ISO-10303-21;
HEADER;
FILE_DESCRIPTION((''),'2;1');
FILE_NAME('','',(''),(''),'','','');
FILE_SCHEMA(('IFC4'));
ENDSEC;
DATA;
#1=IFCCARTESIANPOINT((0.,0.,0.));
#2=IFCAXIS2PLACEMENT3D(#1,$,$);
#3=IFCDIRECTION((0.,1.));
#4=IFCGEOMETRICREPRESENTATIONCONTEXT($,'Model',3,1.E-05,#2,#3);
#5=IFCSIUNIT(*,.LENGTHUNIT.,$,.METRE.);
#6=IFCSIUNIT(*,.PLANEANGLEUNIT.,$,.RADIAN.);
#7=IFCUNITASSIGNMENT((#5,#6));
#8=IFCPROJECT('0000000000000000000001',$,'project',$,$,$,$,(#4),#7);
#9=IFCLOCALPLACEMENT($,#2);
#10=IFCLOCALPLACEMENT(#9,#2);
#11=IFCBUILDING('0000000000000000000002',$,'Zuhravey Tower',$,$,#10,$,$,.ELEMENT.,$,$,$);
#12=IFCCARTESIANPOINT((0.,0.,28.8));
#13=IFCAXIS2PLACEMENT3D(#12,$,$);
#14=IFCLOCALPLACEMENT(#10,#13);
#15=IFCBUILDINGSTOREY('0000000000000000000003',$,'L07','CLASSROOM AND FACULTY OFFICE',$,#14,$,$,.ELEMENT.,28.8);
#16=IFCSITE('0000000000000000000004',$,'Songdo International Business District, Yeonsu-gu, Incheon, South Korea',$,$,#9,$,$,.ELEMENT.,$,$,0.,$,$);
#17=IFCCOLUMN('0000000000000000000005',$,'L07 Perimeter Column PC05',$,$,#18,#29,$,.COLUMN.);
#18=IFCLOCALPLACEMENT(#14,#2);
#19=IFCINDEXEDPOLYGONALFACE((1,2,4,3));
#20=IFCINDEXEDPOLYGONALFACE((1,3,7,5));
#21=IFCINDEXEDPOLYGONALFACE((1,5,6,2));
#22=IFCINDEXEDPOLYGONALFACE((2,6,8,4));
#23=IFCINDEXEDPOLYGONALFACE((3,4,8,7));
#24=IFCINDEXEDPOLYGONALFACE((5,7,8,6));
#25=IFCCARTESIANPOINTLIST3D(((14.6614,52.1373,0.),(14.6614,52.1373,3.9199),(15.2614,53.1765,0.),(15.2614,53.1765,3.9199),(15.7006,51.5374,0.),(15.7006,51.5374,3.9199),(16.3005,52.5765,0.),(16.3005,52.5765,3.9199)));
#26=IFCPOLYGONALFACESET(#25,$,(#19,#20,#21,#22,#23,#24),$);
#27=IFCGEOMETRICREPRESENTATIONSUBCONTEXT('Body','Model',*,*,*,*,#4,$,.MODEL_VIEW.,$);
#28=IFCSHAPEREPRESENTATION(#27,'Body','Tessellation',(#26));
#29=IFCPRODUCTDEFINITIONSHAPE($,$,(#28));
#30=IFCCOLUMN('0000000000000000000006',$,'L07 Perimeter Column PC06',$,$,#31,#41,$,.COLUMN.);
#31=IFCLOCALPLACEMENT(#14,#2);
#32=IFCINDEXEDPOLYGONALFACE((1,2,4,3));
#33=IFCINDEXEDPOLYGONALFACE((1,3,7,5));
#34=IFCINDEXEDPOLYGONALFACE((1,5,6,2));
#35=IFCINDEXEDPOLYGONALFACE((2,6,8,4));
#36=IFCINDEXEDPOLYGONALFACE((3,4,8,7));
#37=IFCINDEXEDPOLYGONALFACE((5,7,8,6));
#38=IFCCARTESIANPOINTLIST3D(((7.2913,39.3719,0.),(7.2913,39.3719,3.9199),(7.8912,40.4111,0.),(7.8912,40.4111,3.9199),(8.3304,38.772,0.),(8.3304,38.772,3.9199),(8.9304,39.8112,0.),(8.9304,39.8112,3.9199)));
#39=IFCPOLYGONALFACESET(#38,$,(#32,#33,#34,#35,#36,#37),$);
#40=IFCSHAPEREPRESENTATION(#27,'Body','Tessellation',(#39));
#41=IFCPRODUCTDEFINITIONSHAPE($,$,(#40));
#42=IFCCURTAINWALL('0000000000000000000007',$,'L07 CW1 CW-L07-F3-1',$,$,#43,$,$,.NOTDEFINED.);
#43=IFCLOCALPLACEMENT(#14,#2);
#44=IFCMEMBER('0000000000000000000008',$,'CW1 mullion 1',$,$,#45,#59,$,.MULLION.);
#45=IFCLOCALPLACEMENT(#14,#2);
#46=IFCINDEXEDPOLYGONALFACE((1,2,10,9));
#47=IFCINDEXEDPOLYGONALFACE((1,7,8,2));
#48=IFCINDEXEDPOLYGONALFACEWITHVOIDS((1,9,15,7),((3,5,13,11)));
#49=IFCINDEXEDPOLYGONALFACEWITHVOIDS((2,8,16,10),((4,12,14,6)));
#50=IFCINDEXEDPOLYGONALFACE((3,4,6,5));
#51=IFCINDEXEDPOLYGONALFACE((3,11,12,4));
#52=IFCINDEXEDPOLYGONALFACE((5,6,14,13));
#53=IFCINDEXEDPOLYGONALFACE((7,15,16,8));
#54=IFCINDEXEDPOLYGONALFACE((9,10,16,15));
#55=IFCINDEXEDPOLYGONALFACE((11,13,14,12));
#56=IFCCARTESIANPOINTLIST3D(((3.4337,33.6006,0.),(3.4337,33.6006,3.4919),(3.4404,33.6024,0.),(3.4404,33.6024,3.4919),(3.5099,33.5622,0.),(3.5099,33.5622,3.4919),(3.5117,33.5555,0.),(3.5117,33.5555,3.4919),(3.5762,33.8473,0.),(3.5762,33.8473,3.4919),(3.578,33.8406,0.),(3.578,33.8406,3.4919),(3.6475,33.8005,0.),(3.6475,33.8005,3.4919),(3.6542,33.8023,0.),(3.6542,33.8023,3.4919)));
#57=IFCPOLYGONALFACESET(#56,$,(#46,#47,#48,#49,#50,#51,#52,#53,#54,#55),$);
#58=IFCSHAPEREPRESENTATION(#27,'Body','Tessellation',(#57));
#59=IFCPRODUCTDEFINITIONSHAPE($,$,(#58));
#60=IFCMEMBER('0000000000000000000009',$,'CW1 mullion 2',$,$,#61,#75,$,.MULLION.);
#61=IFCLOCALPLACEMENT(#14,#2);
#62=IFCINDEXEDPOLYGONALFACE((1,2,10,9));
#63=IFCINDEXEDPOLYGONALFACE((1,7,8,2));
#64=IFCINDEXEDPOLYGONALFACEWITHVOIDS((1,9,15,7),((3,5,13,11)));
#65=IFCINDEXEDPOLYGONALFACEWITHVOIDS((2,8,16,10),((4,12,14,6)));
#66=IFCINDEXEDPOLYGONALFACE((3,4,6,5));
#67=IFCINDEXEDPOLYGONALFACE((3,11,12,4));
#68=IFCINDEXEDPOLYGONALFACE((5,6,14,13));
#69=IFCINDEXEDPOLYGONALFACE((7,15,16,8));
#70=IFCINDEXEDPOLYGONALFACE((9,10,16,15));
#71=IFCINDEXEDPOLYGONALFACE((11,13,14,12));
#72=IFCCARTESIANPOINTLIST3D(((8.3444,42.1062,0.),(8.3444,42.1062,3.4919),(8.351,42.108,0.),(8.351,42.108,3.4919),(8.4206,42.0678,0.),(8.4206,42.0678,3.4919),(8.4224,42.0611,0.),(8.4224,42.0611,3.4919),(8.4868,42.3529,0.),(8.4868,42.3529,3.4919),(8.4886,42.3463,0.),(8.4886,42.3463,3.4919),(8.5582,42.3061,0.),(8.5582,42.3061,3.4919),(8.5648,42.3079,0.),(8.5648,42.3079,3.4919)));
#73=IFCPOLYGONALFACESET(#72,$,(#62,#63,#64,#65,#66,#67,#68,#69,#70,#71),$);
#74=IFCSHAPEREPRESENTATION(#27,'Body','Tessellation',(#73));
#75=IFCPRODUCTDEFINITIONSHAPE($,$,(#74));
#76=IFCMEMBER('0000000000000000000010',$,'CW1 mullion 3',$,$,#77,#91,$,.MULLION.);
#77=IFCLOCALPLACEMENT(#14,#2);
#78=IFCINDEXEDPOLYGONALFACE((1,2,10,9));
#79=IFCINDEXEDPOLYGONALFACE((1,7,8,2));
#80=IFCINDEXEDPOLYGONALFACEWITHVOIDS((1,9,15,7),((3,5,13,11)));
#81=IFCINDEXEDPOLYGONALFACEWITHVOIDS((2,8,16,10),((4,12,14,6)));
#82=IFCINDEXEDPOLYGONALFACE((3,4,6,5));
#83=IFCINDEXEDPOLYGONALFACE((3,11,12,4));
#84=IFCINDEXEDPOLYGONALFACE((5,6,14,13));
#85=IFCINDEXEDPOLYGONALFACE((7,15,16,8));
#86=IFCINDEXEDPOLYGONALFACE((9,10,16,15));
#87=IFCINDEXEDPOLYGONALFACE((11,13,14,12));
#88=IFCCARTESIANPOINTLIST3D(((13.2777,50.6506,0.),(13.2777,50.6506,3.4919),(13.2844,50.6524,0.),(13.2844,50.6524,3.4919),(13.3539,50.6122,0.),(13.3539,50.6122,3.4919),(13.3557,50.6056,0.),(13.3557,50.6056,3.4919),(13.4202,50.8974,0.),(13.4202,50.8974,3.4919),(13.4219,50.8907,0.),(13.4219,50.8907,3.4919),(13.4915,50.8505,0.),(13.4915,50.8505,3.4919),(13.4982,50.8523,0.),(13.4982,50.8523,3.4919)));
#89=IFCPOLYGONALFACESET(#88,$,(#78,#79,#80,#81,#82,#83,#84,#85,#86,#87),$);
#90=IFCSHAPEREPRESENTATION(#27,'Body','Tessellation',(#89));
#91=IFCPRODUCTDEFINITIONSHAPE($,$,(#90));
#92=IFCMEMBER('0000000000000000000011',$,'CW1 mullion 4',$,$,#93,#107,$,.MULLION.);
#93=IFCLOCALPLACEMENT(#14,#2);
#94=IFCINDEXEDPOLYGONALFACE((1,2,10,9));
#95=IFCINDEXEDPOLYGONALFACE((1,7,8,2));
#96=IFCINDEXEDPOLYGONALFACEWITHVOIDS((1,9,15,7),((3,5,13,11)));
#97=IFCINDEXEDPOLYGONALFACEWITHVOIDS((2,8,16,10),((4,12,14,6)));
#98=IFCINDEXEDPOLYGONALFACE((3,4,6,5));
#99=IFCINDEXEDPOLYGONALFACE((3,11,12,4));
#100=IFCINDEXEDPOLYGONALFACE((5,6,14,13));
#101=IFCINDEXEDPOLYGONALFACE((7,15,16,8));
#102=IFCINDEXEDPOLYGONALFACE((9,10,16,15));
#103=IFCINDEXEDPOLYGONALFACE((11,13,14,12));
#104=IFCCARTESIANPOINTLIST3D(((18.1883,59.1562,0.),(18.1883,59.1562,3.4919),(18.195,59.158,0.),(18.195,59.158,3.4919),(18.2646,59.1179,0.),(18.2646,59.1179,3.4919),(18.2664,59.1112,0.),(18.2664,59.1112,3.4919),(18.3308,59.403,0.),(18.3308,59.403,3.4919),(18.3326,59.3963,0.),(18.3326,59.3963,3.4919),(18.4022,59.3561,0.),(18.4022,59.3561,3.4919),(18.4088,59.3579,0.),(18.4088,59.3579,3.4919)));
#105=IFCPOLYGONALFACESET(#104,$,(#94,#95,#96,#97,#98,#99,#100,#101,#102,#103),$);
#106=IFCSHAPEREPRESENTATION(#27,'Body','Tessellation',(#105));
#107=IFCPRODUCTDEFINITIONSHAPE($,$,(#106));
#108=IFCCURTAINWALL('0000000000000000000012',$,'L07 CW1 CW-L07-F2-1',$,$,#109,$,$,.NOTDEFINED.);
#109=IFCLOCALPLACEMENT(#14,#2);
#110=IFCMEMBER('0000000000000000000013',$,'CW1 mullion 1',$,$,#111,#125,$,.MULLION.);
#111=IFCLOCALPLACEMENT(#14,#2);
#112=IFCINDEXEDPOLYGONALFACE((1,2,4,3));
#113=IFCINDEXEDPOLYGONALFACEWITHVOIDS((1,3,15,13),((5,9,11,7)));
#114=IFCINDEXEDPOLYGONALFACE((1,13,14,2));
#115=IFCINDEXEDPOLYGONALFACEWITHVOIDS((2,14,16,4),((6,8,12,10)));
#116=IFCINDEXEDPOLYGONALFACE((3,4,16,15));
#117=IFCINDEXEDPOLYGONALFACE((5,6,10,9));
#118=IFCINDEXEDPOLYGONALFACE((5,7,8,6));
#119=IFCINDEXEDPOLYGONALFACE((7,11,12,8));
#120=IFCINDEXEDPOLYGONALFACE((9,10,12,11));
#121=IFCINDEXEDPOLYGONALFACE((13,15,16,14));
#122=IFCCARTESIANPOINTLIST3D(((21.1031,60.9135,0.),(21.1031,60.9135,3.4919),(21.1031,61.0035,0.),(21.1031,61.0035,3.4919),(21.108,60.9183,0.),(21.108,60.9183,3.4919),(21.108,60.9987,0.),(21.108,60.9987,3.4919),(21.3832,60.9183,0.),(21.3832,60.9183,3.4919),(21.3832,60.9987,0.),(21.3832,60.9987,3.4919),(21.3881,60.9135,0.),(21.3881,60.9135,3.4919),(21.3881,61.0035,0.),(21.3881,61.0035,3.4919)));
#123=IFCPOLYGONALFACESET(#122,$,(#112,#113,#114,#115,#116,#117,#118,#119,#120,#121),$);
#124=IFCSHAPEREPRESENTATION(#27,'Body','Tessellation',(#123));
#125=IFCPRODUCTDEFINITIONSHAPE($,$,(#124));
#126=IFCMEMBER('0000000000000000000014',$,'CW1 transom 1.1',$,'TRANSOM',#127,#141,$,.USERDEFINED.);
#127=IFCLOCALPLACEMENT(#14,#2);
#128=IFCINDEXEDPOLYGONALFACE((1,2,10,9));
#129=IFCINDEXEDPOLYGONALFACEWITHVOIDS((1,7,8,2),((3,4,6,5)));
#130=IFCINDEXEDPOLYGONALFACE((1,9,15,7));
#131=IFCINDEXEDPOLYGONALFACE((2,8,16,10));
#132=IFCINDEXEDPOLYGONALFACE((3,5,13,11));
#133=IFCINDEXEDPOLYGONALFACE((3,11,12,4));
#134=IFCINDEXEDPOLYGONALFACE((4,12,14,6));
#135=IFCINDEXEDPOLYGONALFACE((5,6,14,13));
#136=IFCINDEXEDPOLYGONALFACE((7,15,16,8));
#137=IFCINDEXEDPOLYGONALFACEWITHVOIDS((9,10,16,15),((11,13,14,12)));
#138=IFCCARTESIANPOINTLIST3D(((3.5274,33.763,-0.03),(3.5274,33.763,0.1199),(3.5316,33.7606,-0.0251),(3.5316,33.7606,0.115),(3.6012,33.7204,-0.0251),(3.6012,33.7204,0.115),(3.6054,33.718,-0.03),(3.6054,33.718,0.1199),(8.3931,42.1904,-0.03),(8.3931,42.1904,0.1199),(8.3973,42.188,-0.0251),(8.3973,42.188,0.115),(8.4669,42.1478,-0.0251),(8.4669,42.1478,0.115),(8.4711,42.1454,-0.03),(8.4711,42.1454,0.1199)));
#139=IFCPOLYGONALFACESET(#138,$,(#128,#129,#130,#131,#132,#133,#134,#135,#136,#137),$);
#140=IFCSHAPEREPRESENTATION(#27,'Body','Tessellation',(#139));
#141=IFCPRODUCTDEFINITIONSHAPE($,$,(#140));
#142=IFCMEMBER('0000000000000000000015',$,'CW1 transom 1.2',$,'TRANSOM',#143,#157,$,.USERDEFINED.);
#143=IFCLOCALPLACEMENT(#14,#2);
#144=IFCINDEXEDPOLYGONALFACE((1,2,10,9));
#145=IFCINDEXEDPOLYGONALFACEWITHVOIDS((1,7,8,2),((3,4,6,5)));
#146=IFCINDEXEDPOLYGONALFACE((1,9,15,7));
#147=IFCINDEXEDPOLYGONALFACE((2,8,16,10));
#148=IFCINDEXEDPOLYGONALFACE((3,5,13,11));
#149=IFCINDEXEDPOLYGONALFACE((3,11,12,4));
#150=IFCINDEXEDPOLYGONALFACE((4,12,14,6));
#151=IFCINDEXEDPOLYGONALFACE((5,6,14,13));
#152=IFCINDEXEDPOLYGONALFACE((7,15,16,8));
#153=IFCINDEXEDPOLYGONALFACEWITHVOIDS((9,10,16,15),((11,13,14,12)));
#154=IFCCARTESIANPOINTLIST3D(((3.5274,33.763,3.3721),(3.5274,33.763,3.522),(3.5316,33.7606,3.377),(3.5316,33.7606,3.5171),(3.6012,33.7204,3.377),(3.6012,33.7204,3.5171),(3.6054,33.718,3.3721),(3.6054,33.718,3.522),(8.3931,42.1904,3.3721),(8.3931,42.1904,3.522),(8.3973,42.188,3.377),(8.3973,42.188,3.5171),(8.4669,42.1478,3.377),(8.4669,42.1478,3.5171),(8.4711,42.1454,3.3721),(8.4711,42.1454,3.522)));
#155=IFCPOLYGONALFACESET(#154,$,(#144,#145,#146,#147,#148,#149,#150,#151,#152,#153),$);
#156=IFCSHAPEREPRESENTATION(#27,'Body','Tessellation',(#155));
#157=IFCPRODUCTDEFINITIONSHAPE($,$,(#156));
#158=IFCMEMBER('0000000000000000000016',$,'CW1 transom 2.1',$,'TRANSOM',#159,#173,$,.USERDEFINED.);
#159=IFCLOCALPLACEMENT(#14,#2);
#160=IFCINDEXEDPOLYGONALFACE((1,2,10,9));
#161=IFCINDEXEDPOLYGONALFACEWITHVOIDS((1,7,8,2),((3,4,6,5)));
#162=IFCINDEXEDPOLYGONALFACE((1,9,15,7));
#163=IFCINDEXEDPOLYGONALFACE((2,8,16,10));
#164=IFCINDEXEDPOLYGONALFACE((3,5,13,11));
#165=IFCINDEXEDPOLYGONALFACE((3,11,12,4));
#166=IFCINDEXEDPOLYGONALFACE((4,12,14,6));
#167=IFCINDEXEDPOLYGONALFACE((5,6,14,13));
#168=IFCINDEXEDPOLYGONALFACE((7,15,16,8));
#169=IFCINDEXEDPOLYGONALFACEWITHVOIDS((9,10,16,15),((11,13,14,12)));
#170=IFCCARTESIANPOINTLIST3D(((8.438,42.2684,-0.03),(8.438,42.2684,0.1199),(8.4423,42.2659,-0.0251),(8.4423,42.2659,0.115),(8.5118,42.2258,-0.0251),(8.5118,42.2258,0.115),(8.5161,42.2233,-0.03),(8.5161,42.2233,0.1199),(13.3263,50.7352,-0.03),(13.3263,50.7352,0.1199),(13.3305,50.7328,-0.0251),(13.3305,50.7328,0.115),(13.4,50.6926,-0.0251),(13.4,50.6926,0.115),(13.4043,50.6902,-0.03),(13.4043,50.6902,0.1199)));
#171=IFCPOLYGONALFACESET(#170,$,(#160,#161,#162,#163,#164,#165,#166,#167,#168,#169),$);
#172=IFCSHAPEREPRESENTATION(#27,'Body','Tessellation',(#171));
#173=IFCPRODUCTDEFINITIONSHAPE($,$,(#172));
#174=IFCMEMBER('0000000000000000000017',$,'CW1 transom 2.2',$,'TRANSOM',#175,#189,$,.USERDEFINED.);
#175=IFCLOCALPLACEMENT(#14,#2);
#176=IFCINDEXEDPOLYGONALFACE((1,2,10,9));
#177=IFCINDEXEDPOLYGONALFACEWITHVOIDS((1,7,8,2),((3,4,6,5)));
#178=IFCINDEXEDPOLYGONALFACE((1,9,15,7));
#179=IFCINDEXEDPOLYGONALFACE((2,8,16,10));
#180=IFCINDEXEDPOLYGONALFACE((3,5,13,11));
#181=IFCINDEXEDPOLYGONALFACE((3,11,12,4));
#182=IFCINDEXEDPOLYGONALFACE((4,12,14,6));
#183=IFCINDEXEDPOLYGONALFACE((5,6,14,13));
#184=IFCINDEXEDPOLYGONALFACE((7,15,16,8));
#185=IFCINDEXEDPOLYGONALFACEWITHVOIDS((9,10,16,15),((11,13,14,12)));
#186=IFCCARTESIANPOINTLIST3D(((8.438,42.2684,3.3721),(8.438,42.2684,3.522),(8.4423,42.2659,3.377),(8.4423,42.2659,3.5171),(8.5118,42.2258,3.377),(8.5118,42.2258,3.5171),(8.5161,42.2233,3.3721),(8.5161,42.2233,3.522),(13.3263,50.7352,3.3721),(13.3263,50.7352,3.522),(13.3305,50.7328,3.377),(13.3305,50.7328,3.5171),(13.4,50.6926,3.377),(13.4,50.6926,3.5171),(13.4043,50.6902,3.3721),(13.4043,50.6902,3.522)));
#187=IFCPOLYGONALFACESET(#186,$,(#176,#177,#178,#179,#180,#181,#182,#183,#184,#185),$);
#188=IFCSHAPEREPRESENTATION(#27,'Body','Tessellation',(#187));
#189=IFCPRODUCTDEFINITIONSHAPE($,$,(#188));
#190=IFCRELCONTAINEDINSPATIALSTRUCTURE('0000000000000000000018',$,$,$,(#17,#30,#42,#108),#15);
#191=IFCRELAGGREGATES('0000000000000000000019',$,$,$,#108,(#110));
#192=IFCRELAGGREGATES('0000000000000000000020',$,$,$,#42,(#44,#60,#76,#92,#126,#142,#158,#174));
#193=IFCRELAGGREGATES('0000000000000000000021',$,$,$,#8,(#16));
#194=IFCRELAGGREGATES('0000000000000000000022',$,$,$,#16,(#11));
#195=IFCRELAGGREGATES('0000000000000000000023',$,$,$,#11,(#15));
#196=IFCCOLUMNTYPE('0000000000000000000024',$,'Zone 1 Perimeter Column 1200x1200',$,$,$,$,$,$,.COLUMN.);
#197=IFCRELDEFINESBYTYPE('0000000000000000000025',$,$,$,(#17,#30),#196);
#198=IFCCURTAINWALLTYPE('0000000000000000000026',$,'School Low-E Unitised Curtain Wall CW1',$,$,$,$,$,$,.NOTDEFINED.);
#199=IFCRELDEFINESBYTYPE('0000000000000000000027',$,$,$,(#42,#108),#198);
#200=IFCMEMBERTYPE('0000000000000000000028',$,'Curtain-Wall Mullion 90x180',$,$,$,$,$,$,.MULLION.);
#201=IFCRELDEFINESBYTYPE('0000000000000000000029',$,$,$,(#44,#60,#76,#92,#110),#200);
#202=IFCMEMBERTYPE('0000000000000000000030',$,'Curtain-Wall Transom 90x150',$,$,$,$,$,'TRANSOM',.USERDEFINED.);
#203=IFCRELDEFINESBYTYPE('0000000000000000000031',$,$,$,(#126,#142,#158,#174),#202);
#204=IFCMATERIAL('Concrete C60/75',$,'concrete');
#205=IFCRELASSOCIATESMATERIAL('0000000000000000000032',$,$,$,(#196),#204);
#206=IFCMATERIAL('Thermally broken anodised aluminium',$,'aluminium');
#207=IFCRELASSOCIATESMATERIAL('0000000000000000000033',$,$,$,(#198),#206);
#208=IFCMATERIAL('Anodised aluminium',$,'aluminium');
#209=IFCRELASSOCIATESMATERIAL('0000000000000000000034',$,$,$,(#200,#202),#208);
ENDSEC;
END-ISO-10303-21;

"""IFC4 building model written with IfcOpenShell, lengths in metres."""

from ifc_helpers import new_model, si_unit, direction, frame, origin, origin_2d, place, context, subcontext, project, spatial, rectangle, hollow_rectangle, extrude, material, material_profile, profile_set, type_object, element, aggregate, save


model = new_model("IFC4")

# Units and contexts
model_context = context("Model", 3, precision=1e-05, world=origin(), true_north=direction((0.0, 1.0)))
body_context = subcontext(model_context, "Body", "Model", "MODEL_VIEW")
ifc_project = project(units=[si_unit("LENGTHUNIT", "METRE"), si_unit("PLANEANGLEUNIT", "RADIAN")], contexts=[model_context])

# Site, building, storey
site_placement = place(None, origin())
site = spatial("IfcSite", under=ifc_project, at=site_placement, Name="Songdo International Business District, Yeonsu-gu, Incheon, South Korea", CompositionType="ELEMENT", RefElevation=0.0)
building_placement = place(site_placement, origin())
building = spatial("IfcBuilding", under=site, at=building_placement, Name="Zuhravey Tower", CompositionType="ELEMENT")
storey_placement = place(building_placement, frame((0.0, 0.0, 28.8)))
storey = spatial("IfcBuildingStorey", under=building, at=storey_placement, Name="L07", Description="CLASSROOM AND FACULTY OFFICE", CompositionType="ELEMENT", Elevation=28.8)

# Columns
ifc_material_1 = material(Name="Concrete C60/75", Category="concrete")
ifc_material_profile_1 = material_profile(ifc_material_1, rectangle(XDim=1.2, YDim=1.2, at=origin_2d()), Name="RC-1200x1200")
ifc_profile_set_1 = profile_set([ifc_material_profile_1], Name="Concrete C60/75")
column_type = type_object("IfcColumnType", Name="Zone 1 Perimeter Column 1200x1200", PredefinedType="COLUMN", material=ifc_profile_set_1)
for number, where, z_axis, x_axis, name in (
    (1, (15.481, 52.3569, 0.0), (0.0, 0.0, 1.0), (-0.5, -0.866025, 0.0), "L07 Perimeter Column PC05"),
    (2, (8.1108, 39.5916, 0.0), (0.0, 0.0, 1.0), (-0.5, -0.866025, 0.0), "L07 Perimeter Column PC06"),
):
    element("IfcColumn", number, at=place(storey_placement, frame(where, z_axis=z_axis, x_axis=x_axis)), inside=storey, type_object=column_type, Name=name, PredefinedType="COLUMN", context=body_context, shape_type="SweptSolid", body=[
        extrude(rectangle(XDim=1.2, YDim=1.2, at=origin_2d()), origin(), (0.0, 0.0, 1.0), 3.9199),
    ])

# Curtain wall, members
ifc_material_2 = material(Name="Thermally broken anodised aluminium", Category="aluminium")
curtain_wall_type = type_object("IfcCurtainWallType", Name="School Low-E Unitised Curtain Wall CW1", PredefinedType="NOTDEFINED", material=ifc_material_2)
curtain_wall_1_placement = place(storey_placement, origin())
curtain_wall_1 = element("IfcCurtainWall", 3, at=curtain_wall_1_placement, inside=storey, type_object=curtain_wall_type, Name="L07 CW1 CW-L07-F3-1", PredefinedType="NOTDEFINED")
ifc_material_3 = material(Name="Anodised aluminium", Category="aluminium")
ifc_material_profile_2 = material_profile(ifc_material_3, hollow_rectangle(XDim=0.0901, YDim=0.2849, WallThickness=0.0049, at=origin_2d()), Name="ALU-RHS-90x285x5")
ifc_profile_set_2 = profile_set([ifc_material_profile_2], Name="Anodised aluminium")
member_type_1 = type_object("IfcMemberType", Name="Curtain-Wall Mullion 90x180", PredefinedType="MULLION", material=ifc_profile_set_2)
member_1_placement = place(storey_placement, frame((3.5439, 33.7014, 0.0), z_axis=(0.0, 0.0, 1.0), x_axis=(-0.866026, 0.5, 0.0)))
member_1 = element("IfcMember", 4, at=member_1_placement, type_object=member_type_1, Name="CW1 mullion 1", PredefinedType="MULLION", context=body_context, shape_type="SweptSolid", body=[
    extrude(hollow_rectangle(XDim=0.0901, YDim=0.2849, WallThickness=0.0049, at=origin_2d()), origin(), (0.0, 0.0, 1.0), 3.4919),
])
member_2_placement = place(storey_placement, frame((8.4546, 42.207, 0.0), z_axis=(0.0, 0.0, 1.0), x_axis=(-0.866026, 0.5, 0.0)))
member_2 = element("IfcMember", 5, at=member_2_placement, type_object=member_type_1, Name="CW1 mullion 2", PredefinedType="MULLION", context=body_context, shape_type="SweptSolid", body=[
    extrude(hollow_rectangle(XDim=0.0901, YDim=0.2849, WallThickness=0.0049, at=origin_2d()), origin(), (0.0, 0.0, 1.0), 3.4919),
])
member_3_placement = place(storey_placement, frame((13.3879, 50.7515, 0.0), z_axis=(0.0, 0.0, 1.0), x_axis=(-0.866026, 0.5, 0.0)))
member_3 = element("IfcMember", 6, at=member_3_placement, type_object=member_type_1, Name="CW1 mullion 3", PredefinedType="MULLION", context=body_context, shape_type="SweptSolid", body=[
    extrude(hollow_rectangle(XDim=0.0901, YDim=0.2849, WallThickness=0.0049, at=origin_2d()), origin(), (0.0, 0.0, 1.0), 3.4919),
])
member_4_placement = place(storey_placement, frame((18.2986, 59.2571, 0.0), z_axis=(0.0, 0.0, 1.0), x_axis=(-0.866026, 0.5, 0.0)))
member_4 = element("IfcMember", 7, at=member_4_placement, type_object=member_type_1, Name="CW1 mullion 4", PredefinedType="MULLION", context=body_context, shape_type="SweptSolid", body=[
    extrude(hollow_rectangle(XDim=0.0901, YDim=0.2849, WallThickness=0.0049, at=origin_2d()), origin(), (0.0, 0.0, 1.0), 3.4919),
])

# Curtain wall, member
curtain_wall_2_placement = place(storey_placement, origin())
curtain_wall_2 = element("IfcCurtainWall", 8, at=curtain_wall_2_placement, inside=storey, type_object=curtain_wall_type, Name="L07 CW1 CW-L07-F2-1", PredefinedType="NOTDEFINED")
member_5_placement = place(storey_placement, frame((21.2456, 60.9585, 0.0), z_axis=(0.0, 0.0, 1.0), x_axis=(0.0, 1.0, 0.0)))
member_5 = element("IfcMember", 9, at=member_5_placement, type_object=member_type_1, Name="CW1 mullion 1", PredefinedType="MULLION", context=body_context, shape_type="SweptSolid", body=[
    extrude(hollow_rectangle(XDim=0.0901, YDim=0.2849, WallThickness=0.0049, at=origin_2d()), origin(), (0.0, 0.0, 1.0), 3.4919),
])

# Members
ifc_material_profile_3 = material_profile(ifc_material_3, hollow_rectangle(XDim=0.0901, YDim=0.1499, WallThickness=0.0049, at=origin_2d()), Name="ALU-RHS-90x150x5")
ifc_profile_set_3 = profile_set([ifc_material_profile_3], Name="Anodised aluminium")
member_type_2 = type_object("IfcMemberType", Name="Curtain-Wall Transom 90x150", ElementType="TRANSOM", PredefinedType="USERDEFINED", material=ifc_profile_set_3)
member_6_placement = place(storey_placement, frame((3.5664, 33.7405, 0.0449), z_axis=(0.500008, 0.866021, 0.0), x_axis=(-0.866021, 0.500008, 0.0)))
member_6 = element("IfcMember", 10, at=member_6_placement, type_object=member_type_2, Name="CW1 transom 1.1", ObjectType="TRANSOM", PredefinedType="USERDEFINED", context=body_context, shape_type="SweptSolid", body=[
    extrude(hollow_rectangle(XDim=0.0901, YDim=0.1499, WallThickness=0.0049, at=origin_2d()), origin(), (0.0, 0.0, 1.0), 9.7312),
])
member_7_placement = place(storey_placement, frame((3.5664, 33.7405, 3.447), z_axis=(0.500008, 0.866021, 0.0), x_axis=(-0.866021, 0.500008, 0.0)))
member_7 = element("IfcMember", 11, at=member_7_placement, type_object=member_type_2, Name="CW1 transom 1.2", ObjectType="TRANSOM", PredefinedType="USERDEFINED", context=body_context, shape_type="SweptSolid", body=[
    extrude(hollow_rectangle(XDim=0.0901, YDim=0.1499, WallThickness=0.0049, at=origin_2d()), origin(), (0.0, 0.0, 1.0), 9.7312),
])
member_8_placement = place(storey_placement, frame((8.4771, 42.2458, 0.0449), z_axis=(0.49999, 0.866031, 0.0), x_axis=(-0.866031, 0.49999, 0.0)))
member_8 = element("IfcMember", 12, at=member_8_placement, type_object=member_type_2, Name="CW1 transom 2.1", ObjectType="TRANSOM", PredefinedType="USERDEFINED", context=body_context, shape_type="SweptSolid", body=[
    extrude(hollow_rectangle(XDim=0.0901, YDim=0.1499, WallThickness=0.0049, at=origin_2d()), origin(), (0.0, 0.0, 1.0), 9.7766),
])
member_9_placement = place(storey_placement, frame((8.4771, 42.2458, 3.447), z_axis=(0.49999, 0.866031, 0.0), x_axis=(-0.866031, 0.49999, 0.0)))
member_9 = element("IfcMember", 13, at=member_9_placement, type_object=member_type_2, Name="CW1 transom 2.2", ObjectType="TRANSOM", PredefinedType="USERDEFINED", context=body_context, shape_type="SweptSolid", body=[
    extrude(hollow_rectangle(XDim=0.0901, YDim=0.1499, WallThickness=0.0049, at=origin_2d()), origin(), (0.0, 0.0, 1.0), 9.7766),
])
aggregate(curtain_wall_2, [member_5])

aggregate(curtain_wall_1, [member_1, member_2, member_3, member_4, member_6, member_7, member_8, member_9])

save(model, "model.ifc")
